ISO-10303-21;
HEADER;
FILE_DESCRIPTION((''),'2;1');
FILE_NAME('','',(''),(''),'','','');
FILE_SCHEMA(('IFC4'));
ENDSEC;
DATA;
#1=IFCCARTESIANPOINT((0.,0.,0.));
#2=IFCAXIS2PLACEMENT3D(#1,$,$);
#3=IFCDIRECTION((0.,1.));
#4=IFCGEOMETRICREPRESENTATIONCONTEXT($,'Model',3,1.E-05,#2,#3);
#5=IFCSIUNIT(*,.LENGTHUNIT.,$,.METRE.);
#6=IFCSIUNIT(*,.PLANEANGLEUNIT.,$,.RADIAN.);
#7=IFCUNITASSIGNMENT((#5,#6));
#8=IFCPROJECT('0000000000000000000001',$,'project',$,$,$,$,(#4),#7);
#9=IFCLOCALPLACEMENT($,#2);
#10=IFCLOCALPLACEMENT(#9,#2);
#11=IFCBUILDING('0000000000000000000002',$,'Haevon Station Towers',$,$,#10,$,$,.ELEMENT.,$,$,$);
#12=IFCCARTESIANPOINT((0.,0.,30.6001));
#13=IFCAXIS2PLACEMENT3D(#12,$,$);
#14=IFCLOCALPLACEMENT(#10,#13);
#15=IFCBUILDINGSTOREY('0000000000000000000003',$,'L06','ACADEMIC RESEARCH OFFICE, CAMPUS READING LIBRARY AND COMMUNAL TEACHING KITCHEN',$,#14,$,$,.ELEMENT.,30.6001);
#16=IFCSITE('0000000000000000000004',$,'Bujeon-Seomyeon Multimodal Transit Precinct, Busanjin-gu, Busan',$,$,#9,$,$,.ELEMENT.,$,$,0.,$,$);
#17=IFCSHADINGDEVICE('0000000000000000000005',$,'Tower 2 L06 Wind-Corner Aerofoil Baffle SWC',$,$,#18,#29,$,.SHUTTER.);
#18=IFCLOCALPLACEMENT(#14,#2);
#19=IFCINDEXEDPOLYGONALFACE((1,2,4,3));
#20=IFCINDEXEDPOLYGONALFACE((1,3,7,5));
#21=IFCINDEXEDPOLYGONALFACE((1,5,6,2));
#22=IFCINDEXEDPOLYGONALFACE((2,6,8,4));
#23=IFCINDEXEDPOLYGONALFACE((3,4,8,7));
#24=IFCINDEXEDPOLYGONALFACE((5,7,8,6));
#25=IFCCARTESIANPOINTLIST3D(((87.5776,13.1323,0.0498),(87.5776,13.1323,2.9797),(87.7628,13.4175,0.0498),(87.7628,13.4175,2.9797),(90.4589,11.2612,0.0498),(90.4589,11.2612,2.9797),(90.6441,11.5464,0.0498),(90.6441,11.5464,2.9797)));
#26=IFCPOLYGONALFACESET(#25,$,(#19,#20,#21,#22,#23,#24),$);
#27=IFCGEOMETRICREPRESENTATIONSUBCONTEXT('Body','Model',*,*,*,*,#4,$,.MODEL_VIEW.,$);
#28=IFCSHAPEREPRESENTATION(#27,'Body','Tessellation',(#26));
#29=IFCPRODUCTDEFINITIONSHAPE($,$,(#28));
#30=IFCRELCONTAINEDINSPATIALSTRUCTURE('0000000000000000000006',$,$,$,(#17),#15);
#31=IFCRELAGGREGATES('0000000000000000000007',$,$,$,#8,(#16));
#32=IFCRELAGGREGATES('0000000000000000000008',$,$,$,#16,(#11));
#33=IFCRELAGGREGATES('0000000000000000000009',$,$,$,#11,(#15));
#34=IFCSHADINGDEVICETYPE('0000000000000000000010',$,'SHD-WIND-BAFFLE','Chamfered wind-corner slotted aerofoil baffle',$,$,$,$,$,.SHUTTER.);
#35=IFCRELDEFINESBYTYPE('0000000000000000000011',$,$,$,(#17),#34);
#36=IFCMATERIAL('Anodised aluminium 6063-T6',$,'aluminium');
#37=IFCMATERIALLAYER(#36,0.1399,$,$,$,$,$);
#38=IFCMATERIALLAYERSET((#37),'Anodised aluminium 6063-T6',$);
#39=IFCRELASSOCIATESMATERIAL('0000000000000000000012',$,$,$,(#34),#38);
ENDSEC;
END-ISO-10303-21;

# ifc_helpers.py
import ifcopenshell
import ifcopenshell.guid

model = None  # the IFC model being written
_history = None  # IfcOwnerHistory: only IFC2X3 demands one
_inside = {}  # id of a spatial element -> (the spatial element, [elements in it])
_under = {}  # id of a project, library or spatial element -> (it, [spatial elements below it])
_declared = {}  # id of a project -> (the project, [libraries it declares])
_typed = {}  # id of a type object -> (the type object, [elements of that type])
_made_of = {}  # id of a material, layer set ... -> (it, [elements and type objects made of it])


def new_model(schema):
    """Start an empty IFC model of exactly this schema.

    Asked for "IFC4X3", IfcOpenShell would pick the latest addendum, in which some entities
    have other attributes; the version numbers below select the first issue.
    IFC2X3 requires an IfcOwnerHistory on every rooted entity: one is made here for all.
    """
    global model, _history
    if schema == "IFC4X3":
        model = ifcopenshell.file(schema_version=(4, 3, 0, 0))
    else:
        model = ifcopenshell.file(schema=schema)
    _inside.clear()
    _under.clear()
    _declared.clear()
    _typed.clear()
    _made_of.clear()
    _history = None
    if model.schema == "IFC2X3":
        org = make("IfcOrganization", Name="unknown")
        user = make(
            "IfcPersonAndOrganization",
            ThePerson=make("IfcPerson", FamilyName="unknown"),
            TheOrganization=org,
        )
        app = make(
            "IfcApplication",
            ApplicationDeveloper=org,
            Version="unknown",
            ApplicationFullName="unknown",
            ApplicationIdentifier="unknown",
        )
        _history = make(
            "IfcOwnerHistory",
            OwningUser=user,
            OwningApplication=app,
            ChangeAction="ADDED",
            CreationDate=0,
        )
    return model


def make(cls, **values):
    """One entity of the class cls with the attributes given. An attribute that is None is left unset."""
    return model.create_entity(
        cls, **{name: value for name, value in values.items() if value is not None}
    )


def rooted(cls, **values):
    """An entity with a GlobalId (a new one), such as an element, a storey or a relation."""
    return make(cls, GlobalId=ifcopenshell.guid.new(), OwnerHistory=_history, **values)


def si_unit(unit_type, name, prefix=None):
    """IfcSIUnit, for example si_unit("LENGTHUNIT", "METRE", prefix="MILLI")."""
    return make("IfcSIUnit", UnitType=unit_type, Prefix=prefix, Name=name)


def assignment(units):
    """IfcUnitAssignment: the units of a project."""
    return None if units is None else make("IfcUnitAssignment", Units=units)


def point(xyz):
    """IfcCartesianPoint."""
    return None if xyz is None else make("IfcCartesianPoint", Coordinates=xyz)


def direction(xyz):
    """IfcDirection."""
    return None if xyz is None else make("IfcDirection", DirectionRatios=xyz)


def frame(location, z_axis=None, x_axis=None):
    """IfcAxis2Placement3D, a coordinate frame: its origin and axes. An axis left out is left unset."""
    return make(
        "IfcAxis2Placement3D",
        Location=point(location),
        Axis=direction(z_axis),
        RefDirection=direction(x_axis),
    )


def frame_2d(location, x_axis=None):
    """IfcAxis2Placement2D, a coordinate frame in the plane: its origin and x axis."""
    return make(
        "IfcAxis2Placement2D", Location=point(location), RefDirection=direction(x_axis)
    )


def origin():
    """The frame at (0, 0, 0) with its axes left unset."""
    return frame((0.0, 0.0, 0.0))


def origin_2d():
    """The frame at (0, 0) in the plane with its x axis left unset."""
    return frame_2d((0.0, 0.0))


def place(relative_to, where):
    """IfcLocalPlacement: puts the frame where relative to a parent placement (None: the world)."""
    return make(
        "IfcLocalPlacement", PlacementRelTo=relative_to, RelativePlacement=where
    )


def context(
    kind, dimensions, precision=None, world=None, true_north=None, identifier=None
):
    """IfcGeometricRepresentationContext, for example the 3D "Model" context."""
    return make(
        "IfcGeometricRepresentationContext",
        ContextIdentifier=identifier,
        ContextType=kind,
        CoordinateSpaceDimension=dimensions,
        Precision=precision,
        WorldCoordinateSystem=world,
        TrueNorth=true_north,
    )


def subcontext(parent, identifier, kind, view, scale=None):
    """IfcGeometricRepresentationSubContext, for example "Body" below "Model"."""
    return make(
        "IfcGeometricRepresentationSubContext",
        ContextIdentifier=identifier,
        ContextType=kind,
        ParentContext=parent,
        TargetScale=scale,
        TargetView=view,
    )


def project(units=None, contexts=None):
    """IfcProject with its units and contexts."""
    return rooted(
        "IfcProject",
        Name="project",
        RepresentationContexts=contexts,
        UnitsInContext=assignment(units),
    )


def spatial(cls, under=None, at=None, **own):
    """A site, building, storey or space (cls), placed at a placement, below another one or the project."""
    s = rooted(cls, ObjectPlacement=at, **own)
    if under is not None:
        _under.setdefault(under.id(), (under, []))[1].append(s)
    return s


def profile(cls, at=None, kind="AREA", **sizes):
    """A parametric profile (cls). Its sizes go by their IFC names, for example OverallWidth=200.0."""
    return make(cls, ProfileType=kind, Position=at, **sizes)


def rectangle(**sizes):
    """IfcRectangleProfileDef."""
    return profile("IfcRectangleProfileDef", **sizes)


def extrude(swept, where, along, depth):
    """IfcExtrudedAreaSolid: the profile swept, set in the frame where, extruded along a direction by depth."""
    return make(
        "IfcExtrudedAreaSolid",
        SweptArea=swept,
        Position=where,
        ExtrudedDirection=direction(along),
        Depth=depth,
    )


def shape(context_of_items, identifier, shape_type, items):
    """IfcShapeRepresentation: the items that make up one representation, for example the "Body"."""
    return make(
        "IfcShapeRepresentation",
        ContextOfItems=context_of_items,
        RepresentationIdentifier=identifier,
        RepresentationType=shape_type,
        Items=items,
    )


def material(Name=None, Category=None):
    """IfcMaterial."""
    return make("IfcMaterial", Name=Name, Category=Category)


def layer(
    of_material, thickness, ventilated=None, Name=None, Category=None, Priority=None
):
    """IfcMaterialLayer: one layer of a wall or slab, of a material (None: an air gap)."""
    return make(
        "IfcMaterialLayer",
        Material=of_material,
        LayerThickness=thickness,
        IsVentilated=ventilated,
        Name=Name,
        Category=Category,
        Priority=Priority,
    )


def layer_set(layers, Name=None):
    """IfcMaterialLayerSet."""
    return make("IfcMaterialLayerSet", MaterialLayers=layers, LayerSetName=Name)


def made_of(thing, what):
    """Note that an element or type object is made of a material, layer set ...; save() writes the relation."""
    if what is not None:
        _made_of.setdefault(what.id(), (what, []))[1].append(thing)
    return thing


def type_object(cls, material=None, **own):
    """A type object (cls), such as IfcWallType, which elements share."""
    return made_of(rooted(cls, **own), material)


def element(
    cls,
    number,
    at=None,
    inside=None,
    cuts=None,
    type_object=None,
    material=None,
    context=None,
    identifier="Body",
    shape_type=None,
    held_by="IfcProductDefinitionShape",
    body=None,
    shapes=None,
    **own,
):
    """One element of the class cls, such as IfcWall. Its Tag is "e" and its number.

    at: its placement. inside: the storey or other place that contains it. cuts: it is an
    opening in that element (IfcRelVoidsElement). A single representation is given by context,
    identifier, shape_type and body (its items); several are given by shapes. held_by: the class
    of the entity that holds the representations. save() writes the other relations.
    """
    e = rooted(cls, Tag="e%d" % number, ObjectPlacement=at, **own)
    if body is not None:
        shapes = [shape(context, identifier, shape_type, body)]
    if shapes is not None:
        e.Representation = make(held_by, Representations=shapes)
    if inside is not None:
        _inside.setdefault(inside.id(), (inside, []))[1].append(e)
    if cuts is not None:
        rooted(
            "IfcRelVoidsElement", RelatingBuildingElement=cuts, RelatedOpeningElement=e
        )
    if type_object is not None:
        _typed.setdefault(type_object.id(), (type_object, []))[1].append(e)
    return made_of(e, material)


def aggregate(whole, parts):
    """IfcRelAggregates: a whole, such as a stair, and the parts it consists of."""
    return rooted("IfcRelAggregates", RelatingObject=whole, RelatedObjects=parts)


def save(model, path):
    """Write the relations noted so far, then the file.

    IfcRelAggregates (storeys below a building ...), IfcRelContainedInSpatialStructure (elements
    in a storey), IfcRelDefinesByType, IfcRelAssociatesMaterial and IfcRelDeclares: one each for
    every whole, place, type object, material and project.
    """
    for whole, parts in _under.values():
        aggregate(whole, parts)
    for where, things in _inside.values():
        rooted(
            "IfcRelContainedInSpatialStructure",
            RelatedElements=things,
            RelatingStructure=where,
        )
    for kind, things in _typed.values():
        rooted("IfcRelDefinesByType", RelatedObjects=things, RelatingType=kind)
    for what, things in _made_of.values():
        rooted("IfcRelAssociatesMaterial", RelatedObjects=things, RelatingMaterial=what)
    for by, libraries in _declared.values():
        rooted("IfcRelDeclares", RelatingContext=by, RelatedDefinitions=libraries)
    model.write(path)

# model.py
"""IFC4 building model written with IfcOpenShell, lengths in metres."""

from ifc_helpers import new_model, si_unit, direction, frame, origin, origin_2d, place, context, subcontext, project, spatial, rectangle, extrude, material, layer, layer_set, type_object, element, save


model = new_model("IFC4")

# Units and contexts
model_context = context("Model", 3, precision=1e-05, world=origin(), true_north=direction((0.0, 1.0)))
body_context = subcontext(model_context, "Body", "Model", "MODEL_VIEW")
ifc_project = project(units=[si_unit("LENGTHUNIT", "METRE"), si_unit("PLANEANGLEUNIT", "RADIAN")], contexts=[model_context])

# Site, building, storey
site_placement = place(None, origin())
site = spatial("IfcSite", under=ifc_project, at=site_placement, Name="Bujeon-Seomyeon Multimodal Transit Precinct, Busanjin-gu, Busan", CompositionType="ELEMENT", RefElevation=0.0)
building_placement = place(site_placement, origin())
building = spatial("IfcBuilding", under=site, at=building_placement, Name="Haevon Station Towers", CompositionType="ELEMENT")
storey_placement = place(building_placement, frame((0.0, 0.0, 30.6001)))
storey = spatial("IfcBuildingStorey", under=building, at=storey_placement, Name="L06", Description="ACADEMIC RESEARCH OFFICE, CAMPUS READING LIBRARY AND COMMUNAL TEACHING KITCHEN", CompositionType="ELEMENT", Elevation=30.6001)

# Shading device
ifc_material_1 = material(Name="Anodised aluminium 6063-T6", Category="aluminium")
ifc_layer_1 = layer(ifc_material_1, 0.1399)
ifc_layer_set_1 = layer_set([ifc_layer_1], Name="Anodised aluminium 6063-T6")
shading_device_type = type_object("IfcShadingDeviceType", Name="SHD-WIND-BAFFLE", Description="Chamfered wind-corner slotted aerofoil baffle", PredefinedType="SHUTTER", material=ifc_layer_set_1)
shading_device_placement = place(storey_placement, frame((89.1108, 12.3394, 0.0498), z_axis=(0.0, 0.0, 1.0), x_axis=(-0.838671, 0.544639, 0.0)))
element("IfcShadingDevice", 1, at=shading_device_placement, inside=storey, type_object=shading_device_type, Name="Tower 2 L06 Wind-Corner Aerofoil Baffle SWC", PredefinedType="SHUTTER", context=body_context, shape_type="SweptSolid", body=[
    extrude(rectangle(XDim=3.4355, YDim=0.3401, at=origin_2d()), origin(), (0.0, 0.0, 1.0), 2.9299),
])

save(model, "model.ifc")
